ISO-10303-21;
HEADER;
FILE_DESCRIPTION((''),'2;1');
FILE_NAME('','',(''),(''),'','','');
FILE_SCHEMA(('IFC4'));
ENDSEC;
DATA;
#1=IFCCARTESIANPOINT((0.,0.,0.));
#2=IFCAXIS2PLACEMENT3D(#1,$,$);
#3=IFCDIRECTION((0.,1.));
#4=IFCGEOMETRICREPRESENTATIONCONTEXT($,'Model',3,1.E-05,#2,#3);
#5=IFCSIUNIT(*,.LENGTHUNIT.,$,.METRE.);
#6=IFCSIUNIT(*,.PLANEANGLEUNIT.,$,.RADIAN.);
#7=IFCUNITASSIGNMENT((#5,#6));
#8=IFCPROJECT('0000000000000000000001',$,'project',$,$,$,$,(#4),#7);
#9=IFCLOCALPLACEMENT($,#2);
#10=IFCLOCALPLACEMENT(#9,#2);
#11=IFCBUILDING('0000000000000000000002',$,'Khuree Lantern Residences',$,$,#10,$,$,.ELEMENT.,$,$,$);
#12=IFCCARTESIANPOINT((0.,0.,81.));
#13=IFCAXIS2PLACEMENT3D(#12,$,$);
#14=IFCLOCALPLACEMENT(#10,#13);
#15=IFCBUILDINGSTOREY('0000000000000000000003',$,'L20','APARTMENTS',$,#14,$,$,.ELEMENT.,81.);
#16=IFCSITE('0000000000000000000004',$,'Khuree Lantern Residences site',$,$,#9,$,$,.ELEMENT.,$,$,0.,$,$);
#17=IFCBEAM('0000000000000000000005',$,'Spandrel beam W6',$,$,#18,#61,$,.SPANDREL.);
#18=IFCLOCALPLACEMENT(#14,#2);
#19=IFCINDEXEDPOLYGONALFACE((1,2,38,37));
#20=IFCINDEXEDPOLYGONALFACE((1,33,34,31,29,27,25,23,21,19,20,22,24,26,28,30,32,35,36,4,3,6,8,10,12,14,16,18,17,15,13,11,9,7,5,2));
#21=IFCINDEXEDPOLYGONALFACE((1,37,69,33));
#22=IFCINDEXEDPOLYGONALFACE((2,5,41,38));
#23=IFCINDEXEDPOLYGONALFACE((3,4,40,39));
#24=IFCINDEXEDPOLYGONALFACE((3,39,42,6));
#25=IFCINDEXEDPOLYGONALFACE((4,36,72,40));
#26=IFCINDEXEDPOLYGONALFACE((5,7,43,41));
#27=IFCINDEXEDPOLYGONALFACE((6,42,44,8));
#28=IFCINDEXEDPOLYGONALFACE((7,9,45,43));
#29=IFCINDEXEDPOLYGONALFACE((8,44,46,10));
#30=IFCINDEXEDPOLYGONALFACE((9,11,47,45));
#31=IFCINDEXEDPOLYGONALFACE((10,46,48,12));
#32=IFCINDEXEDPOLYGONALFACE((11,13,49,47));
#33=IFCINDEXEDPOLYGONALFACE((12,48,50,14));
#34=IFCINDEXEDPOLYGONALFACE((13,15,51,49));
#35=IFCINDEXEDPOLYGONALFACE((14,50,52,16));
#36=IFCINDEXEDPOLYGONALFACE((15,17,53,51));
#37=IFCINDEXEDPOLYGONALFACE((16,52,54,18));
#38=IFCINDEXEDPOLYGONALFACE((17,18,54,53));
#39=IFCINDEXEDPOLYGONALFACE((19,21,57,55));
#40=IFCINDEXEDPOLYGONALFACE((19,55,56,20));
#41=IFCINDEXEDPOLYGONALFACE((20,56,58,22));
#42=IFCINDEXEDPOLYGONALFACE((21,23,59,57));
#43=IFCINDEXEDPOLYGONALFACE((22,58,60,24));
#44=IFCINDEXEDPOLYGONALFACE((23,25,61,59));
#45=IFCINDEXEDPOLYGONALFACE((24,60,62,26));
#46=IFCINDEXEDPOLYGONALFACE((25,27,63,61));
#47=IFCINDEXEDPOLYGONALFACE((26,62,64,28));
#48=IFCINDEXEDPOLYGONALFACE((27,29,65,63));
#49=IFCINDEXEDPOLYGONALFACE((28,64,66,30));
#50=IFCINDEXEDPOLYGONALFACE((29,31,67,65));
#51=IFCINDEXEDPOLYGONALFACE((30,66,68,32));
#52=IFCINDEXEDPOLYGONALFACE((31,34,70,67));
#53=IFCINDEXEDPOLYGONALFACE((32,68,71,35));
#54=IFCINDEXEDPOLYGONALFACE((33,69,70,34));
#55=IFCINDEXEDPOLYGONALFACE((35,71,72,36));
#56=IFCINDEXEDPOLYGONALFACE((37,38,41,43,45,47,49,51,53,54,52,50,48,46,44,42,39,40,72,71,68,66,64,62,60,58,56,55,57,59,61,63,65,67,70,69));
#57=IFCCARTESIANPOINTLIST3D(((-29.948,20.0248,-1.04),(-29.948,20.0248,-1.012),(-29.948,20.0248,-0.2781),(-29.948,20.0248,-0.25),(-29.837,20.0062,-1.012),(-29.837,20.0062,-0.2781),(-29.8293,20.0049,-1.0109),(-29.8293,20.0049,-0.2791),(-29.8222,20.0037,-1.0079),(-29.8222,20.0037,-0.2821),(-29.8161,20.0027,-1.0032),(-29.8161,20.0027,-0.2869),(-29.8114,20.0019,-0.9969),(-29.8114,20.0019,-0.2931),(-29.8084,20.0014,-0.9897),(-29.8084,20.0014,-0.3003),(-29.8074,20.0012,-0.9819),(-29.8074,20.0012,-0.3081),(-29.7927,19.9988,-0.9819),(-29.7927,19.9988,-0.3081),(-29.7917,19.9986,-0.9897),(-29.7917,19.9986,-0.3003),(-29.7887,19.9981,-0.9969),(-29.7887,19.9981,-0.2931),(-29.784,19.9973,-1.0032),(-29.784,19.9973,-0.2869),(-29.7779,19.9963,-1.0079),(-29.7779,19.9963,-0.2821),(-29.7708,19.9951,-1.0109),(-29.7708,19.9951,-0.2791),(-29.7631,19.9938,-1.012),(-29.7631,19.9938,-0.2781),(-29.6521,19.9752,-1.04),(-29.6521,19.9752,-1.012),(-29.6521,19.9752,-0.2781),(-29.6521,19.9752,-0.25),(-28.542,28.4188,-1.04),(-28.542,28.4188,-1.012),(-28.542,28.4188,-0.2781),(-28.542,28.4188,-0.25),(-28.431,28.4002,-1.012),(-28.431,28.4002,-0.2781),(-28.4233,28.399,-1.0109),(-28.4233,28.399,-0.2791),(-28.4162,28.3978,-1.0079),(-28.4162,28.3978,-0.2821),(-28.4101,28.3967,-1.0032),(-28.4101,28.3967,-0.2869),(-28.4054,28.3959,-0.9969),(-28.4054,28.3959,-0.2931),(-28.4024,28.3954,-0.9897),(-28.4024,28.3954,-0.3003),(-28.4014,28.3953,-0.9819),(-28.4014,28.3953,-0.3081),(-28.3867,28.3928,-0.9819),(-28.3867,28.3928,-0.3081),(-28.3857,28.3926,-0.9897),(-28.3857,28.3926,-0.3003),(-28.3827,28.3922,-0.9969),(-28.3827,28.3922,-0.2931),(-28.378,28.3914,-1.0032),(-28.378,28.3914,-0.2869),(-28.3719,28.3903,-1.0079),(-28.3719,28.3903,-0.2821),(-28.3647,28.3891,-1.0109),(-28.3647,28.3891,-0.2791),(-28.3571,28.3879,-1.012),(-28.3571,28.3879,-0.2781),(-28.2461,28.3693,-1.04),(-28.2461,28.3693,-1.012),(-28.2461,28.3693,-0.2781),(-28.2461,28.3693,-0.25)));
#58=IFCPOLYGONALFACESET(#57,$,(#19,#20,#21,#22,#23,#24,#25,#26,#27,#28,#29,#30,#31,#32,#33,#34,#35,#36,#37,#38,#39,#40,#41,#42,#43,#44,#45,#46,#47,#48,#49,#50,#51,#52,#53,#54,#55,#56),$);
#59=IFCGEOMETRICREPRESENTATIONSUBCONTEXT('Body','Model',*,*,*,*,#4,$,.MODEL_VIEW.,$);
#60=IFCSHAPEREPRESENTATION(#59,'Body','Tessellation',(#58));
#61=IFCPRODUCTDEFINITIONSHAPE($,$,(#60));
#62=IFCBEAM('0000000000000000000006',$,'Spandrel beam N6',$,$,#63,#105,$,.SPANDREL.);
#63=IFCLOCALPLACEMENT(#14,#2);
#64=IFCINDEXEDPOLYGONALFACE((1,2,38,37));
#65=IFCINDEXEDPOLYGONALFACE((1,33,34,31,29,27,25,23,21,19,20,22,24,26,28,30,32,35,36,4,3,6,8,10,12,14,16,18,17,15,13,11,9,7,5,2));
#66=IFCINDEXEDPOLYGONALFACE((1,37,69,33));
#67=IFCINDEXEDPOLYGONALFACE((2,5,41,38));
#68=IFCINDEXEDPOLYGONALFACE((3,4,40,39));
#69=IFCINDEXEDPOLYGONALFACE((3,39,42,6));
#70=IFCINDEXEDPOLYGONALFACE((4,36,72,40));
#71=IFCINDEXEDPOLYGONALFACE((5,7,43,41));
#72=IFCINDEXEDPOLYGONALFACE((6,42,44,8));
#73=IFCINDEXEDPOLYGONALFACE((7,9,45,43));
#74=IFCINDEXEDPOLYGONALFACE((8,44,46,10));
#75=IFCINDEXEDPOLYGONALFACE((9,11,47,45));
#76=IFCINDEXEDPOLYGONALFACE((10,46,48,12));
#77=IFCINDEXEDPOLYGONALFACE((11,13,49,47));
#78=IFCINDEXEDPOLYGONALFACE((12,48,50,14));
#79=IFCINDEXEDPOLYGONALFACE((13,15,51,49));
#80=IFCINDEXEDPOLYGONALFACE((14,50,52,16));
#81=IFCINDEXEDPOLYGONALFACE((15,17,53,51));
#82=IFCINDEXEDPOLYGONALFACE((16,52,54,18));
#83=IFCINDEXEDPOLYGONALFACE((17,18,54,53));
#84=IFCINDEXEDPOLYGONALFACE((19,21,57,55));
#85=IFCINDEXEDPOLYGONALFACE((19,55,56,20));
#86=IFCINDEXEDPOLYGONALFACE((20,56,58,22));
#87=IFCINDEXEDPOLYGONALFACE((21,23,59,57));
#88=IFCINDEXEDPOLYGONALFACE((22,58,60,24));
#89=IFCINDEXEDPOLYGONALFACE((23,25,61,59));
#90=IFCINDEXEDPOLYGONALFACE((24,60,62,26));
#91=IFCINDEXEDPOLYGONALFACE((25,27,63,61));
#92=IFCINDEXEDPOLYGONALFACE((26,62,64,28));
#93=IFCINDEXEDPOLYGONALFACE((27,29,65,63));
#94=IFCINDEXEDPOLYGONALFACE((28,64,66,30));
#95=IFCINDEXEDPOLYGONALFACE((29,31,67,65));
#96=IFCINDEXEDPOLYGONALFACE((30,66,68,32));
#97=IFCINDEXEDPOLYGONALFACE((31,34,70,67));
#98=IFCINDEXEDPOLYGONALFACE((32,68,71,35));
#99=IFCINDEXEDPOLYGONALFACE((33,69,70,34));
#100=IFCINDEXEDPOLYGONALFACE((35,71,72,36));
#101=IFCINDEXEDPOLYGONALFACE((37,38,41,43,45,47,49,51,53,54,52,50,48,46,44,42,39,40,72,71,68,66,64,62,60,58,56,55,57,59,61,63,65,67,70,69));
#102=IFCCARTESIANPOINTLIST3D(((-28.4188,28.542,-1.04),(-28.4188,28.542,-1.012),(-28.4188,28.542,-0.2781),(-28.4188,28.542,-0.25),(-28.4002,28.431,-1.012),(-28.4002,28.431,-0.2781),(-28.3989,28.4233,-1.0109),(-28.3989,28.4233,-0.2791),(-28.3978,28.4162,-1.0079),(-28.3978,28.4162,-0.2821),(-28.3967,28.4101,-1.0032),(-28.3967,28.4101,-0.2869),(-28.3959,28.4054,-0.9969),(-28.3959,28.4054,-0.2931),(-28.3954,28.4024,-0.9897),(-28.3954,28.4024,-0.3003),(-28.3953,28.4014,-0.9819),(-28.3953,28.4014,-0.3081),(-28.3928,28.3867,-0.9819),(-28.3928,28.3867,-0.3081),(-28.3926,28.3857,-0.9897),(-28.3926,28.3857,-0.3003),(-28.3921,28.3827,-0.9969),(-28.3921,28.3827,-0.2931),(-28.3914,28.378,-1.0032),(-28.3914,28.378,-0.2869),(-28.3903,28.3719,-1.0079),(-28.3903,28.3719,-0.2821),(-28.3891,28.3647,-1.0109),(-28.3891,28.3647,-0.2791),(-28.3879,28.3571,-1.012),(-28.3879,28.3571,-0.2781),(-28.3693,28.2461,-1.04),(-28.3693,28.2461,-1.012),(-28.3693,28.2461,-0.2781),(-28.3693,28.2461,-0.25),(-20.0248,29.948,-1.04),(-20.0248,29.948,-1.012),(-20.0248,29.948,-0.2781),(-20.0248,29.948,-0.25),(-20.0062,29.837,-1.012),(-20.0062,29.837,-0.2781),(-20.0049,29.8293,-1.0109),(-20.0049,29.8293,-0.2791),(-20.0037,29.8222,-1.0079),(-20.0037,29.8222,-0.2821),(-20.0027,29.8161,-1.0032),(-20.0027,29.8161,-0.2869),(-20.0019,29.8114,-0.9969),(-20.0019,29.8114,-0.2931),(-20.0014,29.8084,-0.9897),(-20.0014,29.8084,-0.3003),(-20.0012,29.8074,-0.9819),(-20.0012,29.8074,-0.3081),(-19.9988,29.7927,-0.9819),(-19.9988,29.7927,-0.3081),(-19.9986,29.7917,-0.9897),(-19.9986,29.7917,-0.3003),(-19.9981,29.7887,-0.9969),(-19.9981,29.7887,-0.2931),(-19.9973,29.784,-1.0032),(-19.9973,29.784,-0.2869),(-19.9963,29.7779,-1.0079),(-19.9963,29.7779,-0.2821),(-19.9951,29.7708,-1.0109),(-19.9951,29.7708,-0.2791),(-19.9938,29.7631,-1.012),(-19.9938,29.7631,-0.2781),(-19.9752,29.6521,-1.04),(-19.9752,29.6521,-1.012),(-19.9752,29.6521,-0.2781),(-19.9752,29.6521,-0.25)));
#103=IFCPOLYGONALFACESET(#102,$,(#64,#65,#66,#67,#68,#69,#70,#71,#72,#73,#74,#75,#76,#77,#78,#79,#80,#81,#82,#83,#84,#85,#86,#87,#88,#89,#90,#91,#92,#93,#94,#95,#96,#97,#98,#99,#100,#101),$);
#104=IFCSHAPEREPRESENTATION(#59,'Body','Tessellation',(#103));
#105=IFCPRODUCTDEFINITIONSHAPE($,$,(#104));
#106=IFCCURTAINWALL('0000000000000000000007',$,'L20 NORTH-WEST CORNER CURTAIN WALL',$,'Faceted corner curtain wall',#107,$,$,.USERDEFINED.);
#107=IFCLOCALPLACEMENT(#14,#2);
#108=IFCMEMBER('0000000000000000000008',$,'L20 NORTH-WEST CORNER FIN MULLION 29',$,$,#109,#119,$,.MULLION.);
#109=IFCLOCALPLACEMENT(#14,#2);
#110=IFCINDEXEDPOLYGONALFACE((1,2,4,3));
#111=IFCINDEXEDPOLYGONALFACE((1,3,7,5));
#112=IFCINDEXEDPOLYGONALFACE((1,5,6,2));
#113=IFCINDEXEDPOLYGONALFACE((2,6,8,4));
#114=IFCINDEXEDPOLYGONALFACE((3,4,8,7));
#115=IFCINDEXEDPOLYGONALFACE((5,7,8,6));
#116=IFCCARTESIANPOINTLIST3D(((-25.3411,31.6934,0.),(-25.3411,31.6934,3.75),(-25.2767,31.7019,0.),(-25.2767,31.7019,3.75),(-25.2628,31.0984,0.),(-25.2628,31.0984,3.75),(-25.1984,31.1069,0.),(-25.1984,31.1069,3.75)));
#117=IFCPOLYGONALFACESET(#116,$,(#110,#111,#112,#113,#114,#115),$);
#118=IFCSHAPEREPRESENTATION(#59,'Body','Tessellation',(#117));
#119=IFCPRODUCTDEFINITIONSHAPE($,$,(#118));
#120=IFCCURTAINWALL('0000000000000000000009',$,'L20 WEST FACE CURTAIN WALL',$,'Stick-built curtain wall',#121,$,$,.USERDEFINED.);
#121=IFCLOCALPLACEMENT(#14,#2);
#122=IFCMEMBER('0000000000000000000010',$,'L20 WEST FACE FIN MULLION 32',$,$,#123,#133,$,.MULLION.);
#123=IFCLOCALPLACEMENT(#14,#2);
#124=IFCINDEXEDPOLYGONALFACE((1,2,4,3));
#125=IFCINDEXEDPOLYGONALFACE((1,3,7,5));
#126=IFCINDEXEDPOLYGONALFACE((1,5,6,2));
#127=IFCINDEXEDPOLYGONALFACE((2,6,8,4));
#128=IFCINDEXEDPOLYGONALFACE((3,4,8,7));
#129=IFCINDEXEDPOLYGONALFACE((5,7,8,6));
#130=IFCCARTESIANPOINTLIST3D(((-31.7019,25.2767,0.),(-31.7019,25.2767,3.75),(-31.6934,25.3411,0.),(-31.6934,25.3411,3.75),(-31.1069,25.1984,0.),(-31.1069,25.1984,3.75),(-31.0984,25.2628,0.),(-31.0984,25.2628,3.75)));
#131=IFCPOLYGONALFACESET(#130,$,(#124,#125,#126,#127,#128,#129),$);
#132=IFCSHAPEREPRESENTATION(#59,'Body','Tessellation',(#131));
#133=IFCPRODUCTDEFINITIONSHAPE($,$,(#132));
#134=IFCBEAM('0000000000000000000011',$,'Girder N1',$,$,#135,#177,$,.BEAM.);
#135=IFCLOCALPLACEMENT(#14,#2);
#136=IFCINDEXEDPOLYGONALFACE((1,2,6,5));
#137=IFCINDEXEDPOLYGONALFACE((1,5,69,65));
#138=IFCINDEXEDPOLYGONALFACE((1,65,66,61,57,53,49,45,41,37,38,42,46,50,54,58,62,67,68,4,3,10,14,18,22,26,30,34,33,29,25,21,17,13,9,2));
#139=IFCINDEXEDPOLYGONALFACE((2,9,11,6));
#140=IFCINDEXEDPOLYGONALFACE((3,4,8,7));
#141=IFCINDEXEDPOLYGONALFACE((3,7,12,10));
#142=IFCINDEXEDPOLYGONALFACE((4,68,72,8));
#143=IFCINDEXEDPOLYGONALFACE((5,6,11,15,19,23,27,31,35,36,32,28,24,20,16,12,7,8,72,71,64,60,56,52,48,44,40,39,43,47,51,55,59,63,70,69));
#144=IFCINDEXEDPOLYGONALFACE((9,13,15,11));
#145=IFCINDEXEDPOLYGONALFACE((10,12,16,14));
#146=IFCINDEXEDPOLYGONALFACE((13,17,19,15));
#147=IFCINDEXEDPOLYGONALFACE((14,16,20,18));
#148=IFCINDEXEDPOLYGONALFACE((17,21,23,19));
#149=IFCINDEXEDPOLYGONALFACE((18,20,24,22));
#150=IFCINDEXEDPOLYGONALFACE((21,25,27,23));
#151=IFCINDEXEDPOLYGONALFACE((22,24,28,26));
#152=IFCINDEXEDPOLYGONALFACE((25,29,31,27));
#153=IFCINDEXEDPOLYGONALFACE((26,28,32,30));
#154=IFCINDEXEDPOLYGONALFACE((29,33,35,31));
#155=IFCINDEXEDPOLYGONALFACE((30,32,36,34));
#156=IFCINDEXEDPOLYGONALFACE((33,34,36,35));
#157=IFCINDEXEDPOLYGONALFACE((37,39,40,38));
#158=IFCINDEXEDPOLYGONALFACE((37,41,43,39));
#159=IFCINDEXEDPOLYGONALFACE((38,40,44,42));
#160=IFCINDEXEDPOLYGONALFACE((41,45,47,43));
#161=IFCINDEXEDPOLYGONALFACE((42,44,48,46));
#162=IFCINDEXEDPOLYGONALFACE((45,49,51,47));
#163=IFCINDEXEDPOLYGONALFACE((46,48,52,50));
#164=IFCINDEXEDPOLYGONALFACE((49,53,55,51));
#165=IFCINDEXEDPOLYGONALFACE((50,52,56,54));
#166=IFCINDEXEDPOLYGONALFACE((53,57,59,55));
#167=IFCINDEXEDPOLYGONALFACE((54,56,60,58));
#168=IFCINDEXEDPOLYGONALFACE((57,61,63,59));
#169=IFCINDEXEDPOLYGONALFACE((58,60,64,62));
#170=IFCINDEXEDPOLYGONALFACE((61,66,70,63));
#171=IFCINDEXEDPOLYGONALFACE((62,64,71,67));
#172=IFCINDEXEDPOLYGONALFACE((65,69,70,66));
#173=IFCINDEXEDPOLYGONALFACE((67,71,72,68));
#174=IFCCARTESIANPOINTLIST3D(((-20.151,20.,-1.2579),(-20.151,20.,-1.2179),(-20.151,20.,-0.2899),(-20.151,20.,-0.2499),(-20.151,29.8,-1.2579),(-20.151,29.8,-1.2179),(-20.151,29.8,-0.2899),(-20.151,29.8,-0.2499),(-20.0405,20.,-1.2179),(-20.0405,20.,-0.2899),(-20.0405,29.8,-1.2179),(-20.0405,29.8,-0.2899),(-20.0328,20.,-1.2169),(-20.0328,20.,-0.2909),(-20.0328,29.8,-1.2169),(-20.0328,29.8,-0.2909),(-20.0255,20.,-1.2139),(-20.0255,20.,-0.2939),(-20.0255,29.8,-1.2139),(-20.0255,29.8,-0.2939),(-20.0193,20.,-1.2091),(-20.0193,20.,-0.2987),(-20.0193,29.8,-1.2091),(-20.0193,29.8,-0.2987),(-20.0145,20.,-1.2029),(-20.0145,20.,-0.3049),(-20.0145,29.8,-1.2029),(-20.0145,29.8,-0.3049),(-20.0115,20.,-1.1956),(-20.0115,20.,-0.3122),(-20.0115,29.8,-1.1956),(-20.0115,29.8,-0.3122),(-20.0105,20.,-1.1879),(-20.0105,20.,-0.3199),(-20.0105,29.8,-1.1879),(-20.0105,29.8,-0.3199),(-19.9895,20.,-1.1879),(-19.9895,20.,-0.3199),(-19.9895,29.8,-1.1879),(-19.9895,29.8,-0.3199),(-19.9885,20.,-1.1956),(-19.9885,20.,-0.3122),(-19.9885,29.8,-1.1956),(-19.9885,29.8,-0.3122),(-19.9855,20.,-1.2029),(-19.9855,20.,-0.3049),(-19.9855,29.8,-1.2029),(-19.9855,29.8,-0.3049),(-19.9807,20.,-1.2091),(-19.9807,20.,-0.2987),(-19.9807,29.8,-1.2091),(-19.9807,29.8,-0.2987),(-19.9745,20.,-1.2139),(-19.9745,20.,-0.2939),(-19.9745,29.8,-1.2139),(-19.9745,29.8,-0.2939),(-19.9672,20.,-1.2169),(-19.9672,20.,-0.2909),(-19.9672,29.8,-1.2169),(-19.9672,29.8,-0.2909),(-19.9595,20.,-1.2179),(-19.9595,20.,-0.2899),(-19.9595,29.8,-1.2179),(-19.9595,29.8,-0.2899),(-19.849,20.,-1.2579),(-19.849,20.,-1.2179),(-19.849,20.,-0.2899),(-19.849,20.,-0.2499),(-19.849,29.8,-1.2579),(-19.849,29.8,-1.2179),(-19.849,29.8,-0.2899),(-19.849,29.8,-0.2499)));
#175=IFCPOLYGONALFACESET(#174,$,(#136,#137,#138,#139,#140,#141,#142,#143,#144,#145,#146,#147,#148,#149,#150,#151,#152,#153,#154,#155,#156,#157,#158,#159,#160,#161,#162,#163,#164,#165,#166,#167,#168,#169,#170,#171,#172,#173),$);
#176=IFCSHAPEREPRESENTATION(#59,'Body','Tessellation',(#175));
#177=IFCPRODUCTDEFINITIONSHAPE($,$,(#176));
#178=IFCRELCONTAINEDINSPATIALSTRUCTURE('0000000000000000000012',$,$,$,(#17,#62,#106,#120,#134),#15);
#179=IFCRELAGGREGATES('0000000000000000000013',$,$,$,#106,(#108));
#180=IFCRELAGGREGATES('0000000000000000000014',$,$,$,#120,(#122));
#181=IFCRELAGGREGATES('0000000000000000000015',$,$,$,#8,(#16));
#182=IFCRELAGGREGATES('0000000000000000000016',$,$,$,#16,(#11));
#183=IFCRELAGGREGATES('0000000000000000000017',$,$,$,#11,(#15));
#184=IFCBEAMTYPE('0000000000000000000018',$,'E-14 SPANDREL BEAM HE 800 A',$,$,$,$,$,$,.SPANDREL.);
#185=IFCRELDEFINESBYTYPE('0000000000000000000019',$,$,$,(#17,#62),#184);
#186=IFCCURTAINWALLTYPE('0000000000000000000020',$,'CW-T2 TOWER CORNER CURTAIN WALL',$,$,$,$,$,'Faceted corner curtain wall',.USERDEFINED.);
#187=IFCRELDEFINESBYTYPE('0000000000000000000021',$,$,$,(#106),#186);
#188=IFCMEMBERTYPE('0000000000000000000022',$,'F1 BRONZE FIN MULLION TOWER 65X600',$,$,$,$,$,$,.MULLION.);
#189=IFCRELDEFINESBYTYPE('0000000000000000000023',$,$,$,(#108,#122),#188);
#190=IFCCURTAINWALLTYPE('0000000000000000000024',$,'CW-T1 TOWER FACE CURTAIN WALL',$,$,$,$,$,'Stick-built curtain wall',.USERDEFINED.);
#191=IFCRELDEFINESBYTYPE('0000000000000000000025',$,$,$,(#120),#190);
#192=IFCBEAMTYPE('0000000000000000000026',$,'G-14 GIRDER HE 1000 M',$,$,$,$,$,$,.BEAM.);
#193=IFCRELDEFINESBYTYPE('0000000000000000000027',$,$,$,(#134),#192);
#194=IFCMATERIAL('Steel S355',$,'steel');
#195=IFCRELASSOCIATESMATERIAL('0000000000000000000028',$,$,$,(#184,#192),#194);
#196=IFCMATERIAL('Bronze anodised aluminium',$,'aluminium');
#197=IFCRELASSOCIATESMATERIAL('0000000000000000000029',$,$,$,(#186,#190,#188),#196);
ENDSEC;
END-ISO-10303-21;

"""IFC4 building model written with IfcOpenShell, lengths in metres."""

from ifc_helpers import new_model, si_unit, direction, frame, origin, origin_2d, place, context, subcontext, project, spatial, rectangle, i_section, extrude, material, material_profile, profile_set, type_object, element, aggregate, save


model = new_model("IFC4")

# Units and contexts
model_context = context("Model", 3, precision=1e-05, world=origin(), true_north=direction((0.0, 1.0)))
body_context = subcontext(model_context, "Body", "Model", "MODEL_VIEW")
ifc_project = project(units=[si_unit("LENGTHUNIT", "METRE"), si_unit("PLANEANGLEUNIT", "RADIAN")], contexts=[model_context])

# Site, building, storey
site_placement = place(None, origin())
site = spatial("IfcSite", under=ifc_project, at=site_placement, Name="Khuree Lantern Residences site", CompositionType="ELEMENT", RefElevation=0.0)
building_placement = place(site_placement, origin())
building = spatial("IfcBuilding", under=site, at=building_placement, Name="Khuree Lantern Residences", CompositionType="ELEMENT")
storey_placement = place(building_placement, frame((0.0, 0.0, 81.0)))
storey = spatial("IfcBuildingStorey", under=building, at=storey_placement, Name="L20", Description="APARTMENTS", CompositionType="ELEMENT", Elevation=81.0)

# Beams
ifc_material_1 = material(Name="Steel S355", Category="steel")
ifc_material_profile_1 = material_profile(ifc_material_1, i_section(OverallWidth=0.3, OverallDepth=0.79, WebThickness=0.0149, FlangeThickness=0.0281, FilletRadius=0.03, at=origin_2d()), Name="HE 800 A")
ifc_profile_set_1 = profile_set([ifc_material_profile_1], Name="Steel S355")
beam_type_1 = type_object("IfcBeamType", Name="E-14 SPANDREL BEAM HE 800 A", PredefinedType="SPANDREL", material=ifc_profile_set_1)
for number, where, z_axis, x_axis, name in (
    (1, (-29.8, 20.0, -0.645), (0.165199, 0.98626, 0.0), (-0.98626, 0.165199, 0.0), "Spandrel beam W6"),
    (2, (-28.394, 28.394, -0.645), (0.98626, 0.165199, 0.0), (-0.165199, 0.98626, 0.0), "Spandrel beam N6"),
):
    element("IfcBeam", number, at=place(storey_placement, frame(where, z_axis=z_axis, x_axis=x_axis)), inside=storey, type_object=beam_type_1, Name=name, PredefinedType="SPANDREL", context=body_context, shape_type="SweptSolid", body=[
        extrude(i_section(OverallWidth=0.3, OverallDepth=0.79, WebThickness=0.0149, FlangeThickness=0.0281, FilletRadius=0.03, at=origin_2d()), origin(), (0.0, 0.0, 1.0), 8.511),
    ])

# Curtain walls, members
ifc_material_2 = material(Name="Bronze anodised aluminium", Category="aluminium")
curtain_wall_type_1 = type_object("IfcCurtainWallType", Name="CW-T2 TOWER CORNER CURTAIN WALL", ElementType="Faceted corner curtain wall", PredefinedType="USERDEFINED", material=ifc_material_2)
curtain_wall_1_placement = place(storey_placement, origin())
curtain_wall_1 = element("IfcCurtainWall", 3, at=curtain_wall_1_placement, inside=storey, type_object=curtain_wall_type_1, Name="L20 NORTH-WEST CORNER CURTAIN WALL", ObjectType="Faceted corner curtain wall", PredefinedType="USERDEFINED")
ifc_material_profile_2 = material_profile(ifc_material_2, rectangle(XDim=0.0649, YDim=0.6001, at=origin_2d()), Name="F1 65X600")
ifc_profile_set_2 = profile_set([ifc_material_profile_2], Name="Bronze anodised aluminium")
member_type_1 = type_object("IfcMemberType", Name="F1 BRONZE FIN MULLION TOWER 65X600", PredefinedType="MULLION", material=ifc_profile_set_2)
member_1_placement = place(storey_placement, frame((-25.2698, 31.4001, 0.0), z_axis=(0.0, 0.0, 1.0), x_axis=(-0.991445, -0.130526, 0.0)))
member_1 = element("IfcMember", 4, at=member_1_placement, type_object=member_type_1, Name="L20 NORTH-WEST CORNER FIN MULLION 29", PredefinedType="MULLION", context=body_context, shape_type="SweptSolid", body=[
    extrude(rectangle(XDim=0.0649, YDim=0.6001, at=origin_2d()), origin(), (0.0, 0.0, 1.0), 3.75),
])
curtain_wall_type_2 = type_object("IfcCurtainWallType", Name="CW-T1 TOWER FACE CURTAIN WALL", ElementType="Stick-built curtain wall", PredefinedType="USERDEFINED", material=ifc_material_2)
curtain_wall_2_placement = place(storey_placement, origin())
curtain_wall_2 = element("IfcCurtainWall", 5, at=curtain_wall_2_placement, inside=storey, type_object=curtain_wall_type_2, Name="L20 WEST FACE CURTAIN WALL", ObjectType="Stick-built curtain wall", PredefinedType="USERDEFINED")
member_2_placement = place(storey_placement, frame((-31.4001, 25.2698, 0.0), z_axis=(0.0, 0.0, 1.0), x_axis=(-0.130526, -0.991445, 0.0)))
member_2 = element("IfcMember", 6, at=member_2_placement, type_object=member_type_1, Name="L20 WEST FACE FIN MULLION 32", PredefinedType="MULLION", context=body_context, shape_type="SweptSolid", body=[
    extrude(rectangle(XDim=0.0649, YDim=0.6001, at=origin_2d()), origin(), (0.0, 0.0, 1.0), 3.75),
])

# Beam
ifc_material_profile_3 = material_profile(ifc_material_1, i_section(OverallWidth=0.302, OverallDepth=1.0081, WebThickness=0.021, FlangeThickness=0.04, FilletRadius=0.03, at=origin_2d()), Name="HE 1000 M")
ifc_profile_set_3 = profile_set([ifc_material_profile_3], Name="Steel S355")
beam_type_2 = type_object("IfcBeamType", Name="G-14 GIRDER HE 1000 M", PredefinedType="BEAM", material=ifc_profile_set_3)
for number, where, z_axis, x_axis, name in (
    (7, (-20.0, 29.8, -0.7539), (0.0, -1.0, 0.0), (1.0, 0.0, 0.0), "Girder N1"),
):
    element("IfcBeam", number, at=place(storey_placement, frame(where, z_axis=z_axis, x_axis=x_axis)), inside=storey, type_object=beam_type_2, Name=name, PredefinedType="BEAM", context=body_context, shape_type="SweptSolid", body=[
        extrude(i_section(OverallWidth=0.302, OverallDepth=1.0081, WebThickness=0.021, FlangeThickness=0.04, FilletRadius=0.03, at=origin_2d()), origin(), (0.0, 0.0, 1.0), 9.8),
    ])

aggregate(curtain_wall_1, [member_1])
aggregate(curtain_wall_2, [member_2])

save(model, "model.ifc")
